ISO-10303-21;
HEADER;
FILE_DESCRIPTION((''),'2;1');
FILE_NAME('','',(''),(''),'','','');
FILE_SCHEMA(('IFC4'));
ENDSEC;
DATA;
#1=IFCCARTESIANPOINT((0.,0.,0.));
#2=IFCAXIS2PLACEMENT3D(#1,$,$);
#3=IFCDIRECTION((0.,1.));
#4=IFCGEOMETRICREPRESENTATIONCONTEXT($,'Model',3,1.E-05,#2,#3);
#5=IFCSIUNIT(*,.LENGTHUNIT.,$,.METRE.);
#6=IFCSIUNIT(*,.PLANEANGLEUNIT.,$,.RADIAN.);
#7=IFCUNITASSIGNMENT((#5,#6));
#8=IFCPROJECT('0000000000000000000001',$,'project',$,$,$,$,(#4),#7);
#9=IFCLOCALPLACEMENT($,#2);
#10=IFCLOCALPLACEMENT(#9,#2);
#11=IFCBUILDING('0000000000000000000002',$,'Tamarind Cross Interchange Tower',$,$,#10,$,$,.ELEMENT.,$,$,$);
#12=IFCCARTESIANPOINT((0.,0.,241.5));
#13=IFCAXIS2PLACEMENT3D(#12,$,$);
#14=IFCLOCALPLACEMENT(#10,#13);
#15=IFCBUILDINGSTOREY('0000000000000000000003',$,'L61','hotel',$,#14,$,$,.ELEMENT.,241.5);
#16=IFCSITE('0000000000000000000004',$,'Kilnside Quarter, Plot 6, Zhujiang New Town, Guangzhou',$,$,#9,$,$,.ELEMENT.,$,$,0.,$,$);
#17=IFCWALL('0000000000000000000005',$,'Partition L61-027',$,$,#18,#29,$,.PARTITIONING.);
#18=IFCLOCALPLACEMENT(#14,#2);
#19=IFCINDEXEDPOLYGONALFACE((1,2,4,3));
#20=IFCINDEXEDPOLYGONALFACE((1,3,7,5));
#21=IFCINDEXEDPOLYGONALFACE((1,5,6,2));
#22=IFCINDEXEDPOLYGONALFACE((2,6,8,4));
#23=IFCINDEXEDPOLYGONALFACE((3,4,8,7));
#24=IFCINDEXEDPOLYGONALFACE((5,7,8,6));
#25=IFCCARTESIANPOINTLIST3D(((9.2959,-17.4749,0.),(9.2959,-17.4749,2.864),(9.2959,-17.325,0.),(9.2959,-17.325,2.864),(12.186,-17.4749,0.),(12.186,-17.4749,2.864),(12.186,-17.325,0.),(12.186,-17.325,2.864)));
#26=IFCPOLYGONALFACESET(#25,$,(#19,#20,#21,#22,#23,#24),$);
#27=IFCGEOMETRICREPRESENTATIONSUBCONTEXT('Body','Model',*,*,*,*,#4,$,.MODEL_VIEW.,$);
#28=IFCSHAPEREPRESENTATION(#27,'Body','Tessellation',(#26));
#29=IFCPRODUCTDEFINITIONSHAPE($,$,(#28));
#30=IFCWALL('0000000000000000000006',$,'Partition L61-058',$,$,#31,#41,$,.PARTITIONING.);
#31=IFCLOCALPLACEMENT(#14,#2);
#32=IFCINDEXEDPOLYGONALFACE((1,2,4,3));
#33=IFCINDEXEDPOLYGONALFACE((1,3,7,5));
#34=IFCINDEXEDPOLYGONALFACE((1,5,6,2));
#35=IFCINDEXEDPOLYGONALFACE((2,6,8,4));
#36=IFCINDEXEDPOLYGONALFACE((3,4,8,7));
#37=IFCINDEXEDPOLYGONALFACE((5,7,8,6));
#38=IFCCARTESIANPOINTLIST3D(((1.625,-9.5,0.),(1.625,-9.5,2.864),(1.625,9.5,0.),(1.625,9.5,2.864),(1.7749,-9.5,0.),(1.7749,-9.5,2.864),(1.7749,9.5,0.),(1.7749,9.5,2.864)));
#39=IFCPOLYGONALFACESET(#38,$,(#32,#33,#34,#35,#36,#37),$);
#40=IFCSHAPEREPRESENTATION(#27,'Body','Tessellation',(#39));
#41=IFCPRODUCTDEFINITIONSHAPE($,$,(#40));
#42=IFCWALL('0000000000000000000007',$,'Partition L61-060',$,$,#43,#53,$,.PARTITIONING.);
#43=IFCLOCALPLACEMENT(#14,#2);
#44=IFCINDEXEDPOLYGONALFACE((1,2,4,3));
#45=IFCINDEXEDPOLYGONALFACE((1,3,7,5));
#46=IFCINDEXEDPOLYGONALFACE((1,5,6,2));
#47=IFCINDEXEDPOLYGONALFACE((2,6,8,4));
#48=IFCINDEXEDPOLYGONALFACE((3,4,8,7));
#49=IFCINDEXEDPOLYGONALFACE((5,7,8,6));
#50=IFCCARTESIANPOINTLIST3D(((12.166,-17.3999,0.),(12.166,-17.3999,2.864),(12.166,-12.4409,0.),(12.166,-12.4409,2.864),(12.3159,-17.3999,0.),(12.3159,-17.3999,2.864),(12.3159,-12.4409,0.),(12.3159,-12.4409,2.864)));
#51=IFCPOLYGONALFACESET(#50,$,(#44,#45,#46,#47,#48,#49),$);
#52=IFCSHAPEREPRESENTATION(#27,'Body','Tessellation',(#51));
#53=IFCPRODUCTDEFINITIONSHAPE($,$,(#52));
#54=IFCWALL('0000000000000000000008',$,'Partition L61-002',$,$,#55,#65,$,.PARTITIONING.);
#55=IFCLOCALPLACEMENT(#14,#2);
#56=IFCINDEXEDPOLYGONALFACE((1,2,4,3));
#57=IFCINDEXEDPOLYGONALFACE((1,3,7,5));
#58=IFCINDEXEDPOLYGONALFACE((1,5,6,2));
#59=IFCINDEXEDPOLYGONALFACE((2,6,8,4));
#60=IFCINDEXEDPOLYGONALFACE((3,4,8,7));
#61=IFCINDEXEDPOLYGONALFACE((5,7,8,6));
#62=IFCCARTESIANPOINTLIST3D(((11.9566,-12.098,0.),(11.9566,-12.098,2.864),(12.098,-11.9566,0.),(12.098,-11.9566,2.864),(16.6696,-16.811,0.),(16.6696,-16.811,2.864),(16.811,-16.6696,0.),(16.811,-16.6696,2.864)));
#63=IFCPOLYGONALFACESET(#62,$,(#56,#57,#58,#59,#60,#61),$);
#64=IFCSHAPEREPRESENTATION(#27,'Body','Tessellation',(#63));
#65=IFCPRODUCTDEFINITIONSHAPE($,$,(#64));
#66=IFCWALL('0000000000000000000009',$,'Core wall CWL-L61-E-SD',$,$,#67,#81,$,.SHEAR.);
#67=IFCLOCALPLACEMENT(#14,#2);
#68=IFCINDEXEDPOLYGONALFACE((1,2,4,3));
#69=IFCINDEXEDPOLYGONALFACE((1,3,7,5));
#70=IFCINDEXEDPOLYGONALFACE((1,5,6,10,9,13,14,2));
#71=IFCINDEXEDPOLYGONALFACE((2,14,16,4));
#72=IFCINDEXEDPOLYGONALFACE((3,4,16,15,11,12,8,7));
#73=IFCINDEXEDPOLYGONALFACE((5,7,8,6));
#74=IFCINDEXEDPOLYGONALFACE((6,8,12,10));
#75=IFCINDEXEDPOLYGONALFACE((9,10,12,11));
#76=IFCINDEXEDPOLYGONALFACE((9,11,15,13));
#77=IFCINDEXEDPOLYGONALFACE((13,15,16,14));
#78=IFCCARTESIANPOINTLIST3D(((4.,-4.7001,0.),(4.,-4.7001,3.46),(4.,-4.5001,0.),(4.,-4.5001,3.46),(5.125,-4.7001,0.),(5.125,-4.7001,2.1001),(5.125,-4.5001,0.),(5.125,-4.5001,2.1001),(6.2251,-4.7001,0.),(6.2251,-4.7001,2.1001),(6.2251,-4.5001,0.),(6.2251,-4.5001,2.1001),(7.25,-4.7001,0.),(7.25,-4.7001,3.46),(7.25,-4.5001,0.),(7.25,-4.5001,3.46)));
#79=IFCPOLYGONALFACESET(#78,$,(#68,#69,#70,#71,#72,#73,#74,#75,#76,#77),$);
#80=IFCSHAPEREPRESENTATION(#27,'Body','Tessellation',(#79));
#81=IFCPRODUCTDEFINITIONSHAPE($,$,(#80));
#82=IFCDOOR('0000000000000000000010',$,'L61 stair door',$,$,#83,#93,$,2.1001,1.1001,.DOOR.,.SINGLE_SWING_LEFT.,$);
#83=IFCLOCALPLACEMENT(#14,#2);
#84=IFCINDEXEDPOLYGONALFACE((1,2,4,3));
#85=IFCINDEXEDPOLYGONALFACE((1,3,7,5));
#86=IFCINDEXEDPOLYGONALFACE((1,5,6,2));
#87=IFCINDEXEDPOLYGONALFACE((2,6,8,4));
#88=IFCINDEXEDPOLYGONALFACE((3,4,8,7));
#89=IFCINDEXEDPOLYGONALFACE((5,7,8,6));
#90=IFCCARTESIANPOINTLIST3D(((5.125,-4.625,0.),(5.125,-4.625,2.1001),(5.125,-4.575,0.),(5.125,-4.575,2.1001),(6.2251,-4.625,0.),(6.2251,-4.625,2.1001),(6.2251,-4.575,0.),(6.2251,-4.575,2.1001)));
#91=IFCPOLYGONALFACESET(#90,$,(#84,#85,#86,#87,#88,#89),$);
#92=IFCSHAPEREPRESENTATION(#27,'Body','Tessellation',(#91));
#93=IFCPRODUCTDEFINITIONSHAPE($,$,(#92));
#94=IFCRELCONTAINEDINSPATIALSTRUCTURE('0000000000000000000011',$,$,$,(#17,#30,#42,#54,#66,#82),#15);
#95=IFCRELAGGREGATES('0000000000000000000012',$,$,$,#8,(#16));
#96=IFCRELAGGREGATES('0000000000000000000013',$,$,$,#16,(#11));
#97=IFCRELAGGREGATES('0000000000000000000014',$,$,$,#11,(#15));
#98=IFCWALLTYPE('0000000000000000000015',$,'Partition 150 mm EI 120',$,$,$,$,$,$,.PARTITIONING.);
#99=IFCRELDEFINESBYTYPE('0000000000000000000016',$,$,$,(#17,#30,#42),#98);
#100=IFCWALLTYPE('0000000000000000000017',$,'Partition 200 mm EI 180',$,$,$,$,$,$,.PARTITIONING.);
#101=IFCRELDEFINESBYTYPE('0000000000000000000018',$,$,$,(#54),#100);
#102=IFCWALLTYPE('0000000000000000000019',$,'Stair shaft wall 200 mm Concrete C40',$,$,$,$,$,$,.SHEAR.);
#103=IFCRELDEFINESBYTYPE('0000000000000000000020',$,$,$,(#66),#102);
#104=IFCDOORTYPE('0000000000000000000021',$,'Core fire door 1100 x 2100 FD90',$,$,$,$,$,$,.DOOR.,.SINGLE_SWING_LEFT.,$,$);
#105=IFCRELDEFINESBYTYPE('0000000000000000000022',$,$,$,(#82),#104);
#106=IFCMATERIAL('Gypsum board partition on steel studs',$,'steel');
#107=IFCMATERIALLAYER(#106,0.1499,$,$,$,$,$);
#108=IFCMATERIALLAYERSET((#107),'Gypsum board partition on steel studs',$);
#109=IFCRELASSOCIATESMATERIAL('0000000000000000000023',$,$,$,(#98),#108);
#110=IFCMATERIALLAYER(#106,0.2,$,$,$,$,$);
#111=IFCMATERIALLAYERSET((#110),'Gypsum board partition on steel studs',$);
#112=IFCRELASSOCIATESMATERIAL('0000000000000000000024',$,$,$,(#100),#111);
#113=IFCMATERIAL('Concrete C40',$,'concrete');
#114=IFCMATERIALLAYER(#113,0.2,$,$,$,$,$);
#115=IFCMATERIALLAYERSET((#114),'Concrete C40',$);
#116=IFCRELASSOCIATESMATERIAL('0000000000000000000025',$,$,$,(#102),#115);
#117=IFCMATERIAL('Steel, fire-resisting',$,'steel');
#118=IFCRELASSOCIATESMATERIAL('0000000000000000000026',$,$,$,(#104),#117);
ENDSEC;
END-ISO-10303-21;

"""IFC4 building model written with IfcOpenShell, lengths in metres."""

from ifc_helpers import new_model, si_unit, direction, frame, frame_2d, origin, place, context, subcontext, project, spatial, rectangle, extrude, material, layer, layer_set, type_object, element, fill, save


model = new_model("IFC4")

# Units and contexts
model_context = context("Model", 3, precision=1e-05, world=origin(), true_north=direction((0.0, 1.0)))
body_context = subcontext(model_context, "Body", "Model", "MODEL_VIEW")
ifc_project = project(units=[si_unit("LENGTHUNIT", "METRE"), si_unit("PLANEANGLEUNIT", "RADIAN")], contexts=[model_context])

# Site, building, storey
site_placement = place(None, origin())
site = spatial("IfcSite", under=ifc_project, at=site_placement, Name="Kilnside Quarter, Plot 6, Zhujiang New Town, Guangzhou", CompositionType="ELEMENT", RefElevation=0.0)
building_placement = place(site_placement, origin())
building = spatial("IfcBuilding", under=site, at=building_placement, Name="Tamarind Cross Interchange Tower", CompositionType="ELEMENT")
storey_placement = place(building_placement, frame((0.0, 0.0, 241.5)))
storey = spatial("IfcBuildingStorey", under=building, at=storey_placement, Name="L61", Description="hotel", CompositionType="ELEMENT", Elevation=241.5)

# Shared definitions
ifc_material_1 = material(Name="Steel, fire-resisting", Category="steel")

# Walls
ifc_material_2 = material(Name="Gypsum board partition on steel studs", Category="steel")
ifc_layer_1 = layer(ifc_material_2, 0.1499)
ifc_layer_set_1 = layer_set([ifc_layer_1], Name="Gypsum board partition on steel studs")
wall_type_1 = type_object("IfcWallType", Name="Partition 150 mm EI 120", PredefinedType="PARTITIONING", material=ifc_layer_set_1)
wall_1_placement = place(storey_placement, frame((9.2959, -17.3999, 0.0), z_axis=(0.0, 0.0, 1.0), x_axis=(1.0, 0.0, 0.0)))
element("IfcWall", 1, at=wall_1_placement, inside=storey, type_object=wall_type_1, Name="Partition L61-027", PredefinedType="PARTITIONING", context=body_context, shape_type="SweptSolid", body=[
    extrude(rectangle(XDim=2.8901, YDim=0.1499, at=frame_2d((1.4451, 0.0))), origin(), (0.0, 0.0, 1.0), 2.864),
])
wall_2_placement = place(storey_placement, frame((1.7, -9.5, 0.0), z_axis=(0.0, 0.0, 1.0), x_axis=(0.0, 1.0, 0.0)))
element("IfcWall", 2, at=wall_2_placement, inside=storey, type_object=wall_type_1, Name="Partition L61-058", PredefinedType="PARTITIONING", context=body_context, shape_type="SweptSolid", body=[
    extrude(rectangle(XDim=19.0, YDim=0.1499, at=frame_2d((9.5, 0.0))), origin(), (0.0, 0.0, 1.0), 2.864),
])
wall_3_placement = place(storey_placement, frame((12.241, -17.3999, 0.0), z_axis=(0.0, 0.0, 1.0), x_axis=(0.0, 1.0, 0.0)))
element("IfcWall", 3, at=wall_3_placement, inside=storey, type_object=wall_type_1, Name="Partition L61-060", PredefinedType="PARTITIONING", context=body_context, shape_type="SweptSolid", body=[
    extrude(rectangle(XDim=4.959, YDim=0.1499, at=frame_2d((2.4795, 0.0))), origin(), (0.0, 0.0, 1.0), 2.864),
])
ifc_layer_2 = layer(ifc_material_2, 0.2)
ifc_layer_set_2 = layer_set([ifc_layer_2], Name="Gypsum board partition on steel studs")
wall_type_2 = type_object("IfcWallType", Name="Partition 200 mm EI 180", PredefinedType="PARTITIONING", material=ifc_layer_set_2)
wall_4_placement = place(storey_placement, frame((12.0273, -12.0273, 0.0), z_axis=(0.0, 0.0, 1.0), x_axis=(0.707107, -0.707107, 0.0)))
element("IfcWall", 4, at=wall_4_placement, inside=storey, type_object=wall_type_2, Name="Partition L61-002", PredefinedType="PARTITIONING", context=body_context, shape_type="SweptSolid", body=[
    extrude(rectangle(XDim=6.6653, YDim=0.2, at=frame_2d((3.3325, 0.0))), origin(), (0.0, 0.0, 1.0), 2.864),
])

# Wall, opening, door
ifc_material_3 = material(Name="Concrete C40", Category="concrete")
ifc_layer_3 = layer(ifc_material_3, 0.2)
ifc_layer_set_3 = layer_set([ifc_layer_3], Name="Concrete C40")
wall_type_3 = type_object("IfcWallType", Name="Stair shaft wall 200 mm Concrete C40", PredefinedType="SHEAR", material=ifc_layer_set_3)
wall_5_placement = place(storey_placement, frame((7.25, -4.6001, 0.0), z_axis=(0.0, 0.0, 1.0), x_axis=(-1.0, 0.0, 0.0)))
wall_5 = element("IfcWall", 5, at=wall_5_placement, inside=storey, type_object=wall_type_3, Name="Core wall CWL-L61-E-SD", PredefinedType="SHEAR", context=body_context, shape_type="SweptSolid", body=[
    extrude(rectangle(XDim=3.25, YDim=0.2, at=frame_2d((1.625, 0.0))), origin(), (0.0, 0.0, 1.0), 3.46),
])
opening_1_placement = place(wall_5_placement, frame((1.0249, 0.0, 0.0)))
opening_1 = element("IfcOpeningElement", 6, at=opening_1_placement, cuts=wall_5, PredefinedType="OPENING", context=body_context, shape_type="SweptSolid", body=[
    extrude(rectangle(XDim=1.1001, YDim=2.1001, at=frame_2d((0.55, 1.05))), frame((0.0, 0.1099, 0.0), z_axis=(0.0, -1.0, 0.0), x_axis=(1.0, 0.0, 0.0)), (0.0, 0.0, 1.0), 0.22),
])
door_type_1 = type_object("IfcDoorType", Name="Core fire door 1100 x 2100 FD90", OperationType="SINGLE_SWING_LEFT", PredefinedType="DOOR", material=ifc_material_1)
door_1_placement = place(opening_1_placement, origin())
door_1 = element("IfcDoor", 7, at=door_1_placement, inside=storey, type_object=door_type_1, Name="L61 stair door", OperationType="SINGLE_SWING_LEFT", OverallHeight=2.1001, OverallWidth=1.1001, PredefinedType="DOOR", context=body_context, shape_type="SweptSolid", body=[
    extrude(rectangle(XDim=1.1001, YDim=2.1001, at=frame_2d((0.55, 1.05))), frame((0.0, 0.0249, 0.0), z_axis=(0.0, -1.0, 0.0), x_axis=(1.0, 0.0, 0.0)), (0.0, 0.0, 1.0), 0.05),
])
fill(opening_1, door_1)

save(model, "model.ifc")
